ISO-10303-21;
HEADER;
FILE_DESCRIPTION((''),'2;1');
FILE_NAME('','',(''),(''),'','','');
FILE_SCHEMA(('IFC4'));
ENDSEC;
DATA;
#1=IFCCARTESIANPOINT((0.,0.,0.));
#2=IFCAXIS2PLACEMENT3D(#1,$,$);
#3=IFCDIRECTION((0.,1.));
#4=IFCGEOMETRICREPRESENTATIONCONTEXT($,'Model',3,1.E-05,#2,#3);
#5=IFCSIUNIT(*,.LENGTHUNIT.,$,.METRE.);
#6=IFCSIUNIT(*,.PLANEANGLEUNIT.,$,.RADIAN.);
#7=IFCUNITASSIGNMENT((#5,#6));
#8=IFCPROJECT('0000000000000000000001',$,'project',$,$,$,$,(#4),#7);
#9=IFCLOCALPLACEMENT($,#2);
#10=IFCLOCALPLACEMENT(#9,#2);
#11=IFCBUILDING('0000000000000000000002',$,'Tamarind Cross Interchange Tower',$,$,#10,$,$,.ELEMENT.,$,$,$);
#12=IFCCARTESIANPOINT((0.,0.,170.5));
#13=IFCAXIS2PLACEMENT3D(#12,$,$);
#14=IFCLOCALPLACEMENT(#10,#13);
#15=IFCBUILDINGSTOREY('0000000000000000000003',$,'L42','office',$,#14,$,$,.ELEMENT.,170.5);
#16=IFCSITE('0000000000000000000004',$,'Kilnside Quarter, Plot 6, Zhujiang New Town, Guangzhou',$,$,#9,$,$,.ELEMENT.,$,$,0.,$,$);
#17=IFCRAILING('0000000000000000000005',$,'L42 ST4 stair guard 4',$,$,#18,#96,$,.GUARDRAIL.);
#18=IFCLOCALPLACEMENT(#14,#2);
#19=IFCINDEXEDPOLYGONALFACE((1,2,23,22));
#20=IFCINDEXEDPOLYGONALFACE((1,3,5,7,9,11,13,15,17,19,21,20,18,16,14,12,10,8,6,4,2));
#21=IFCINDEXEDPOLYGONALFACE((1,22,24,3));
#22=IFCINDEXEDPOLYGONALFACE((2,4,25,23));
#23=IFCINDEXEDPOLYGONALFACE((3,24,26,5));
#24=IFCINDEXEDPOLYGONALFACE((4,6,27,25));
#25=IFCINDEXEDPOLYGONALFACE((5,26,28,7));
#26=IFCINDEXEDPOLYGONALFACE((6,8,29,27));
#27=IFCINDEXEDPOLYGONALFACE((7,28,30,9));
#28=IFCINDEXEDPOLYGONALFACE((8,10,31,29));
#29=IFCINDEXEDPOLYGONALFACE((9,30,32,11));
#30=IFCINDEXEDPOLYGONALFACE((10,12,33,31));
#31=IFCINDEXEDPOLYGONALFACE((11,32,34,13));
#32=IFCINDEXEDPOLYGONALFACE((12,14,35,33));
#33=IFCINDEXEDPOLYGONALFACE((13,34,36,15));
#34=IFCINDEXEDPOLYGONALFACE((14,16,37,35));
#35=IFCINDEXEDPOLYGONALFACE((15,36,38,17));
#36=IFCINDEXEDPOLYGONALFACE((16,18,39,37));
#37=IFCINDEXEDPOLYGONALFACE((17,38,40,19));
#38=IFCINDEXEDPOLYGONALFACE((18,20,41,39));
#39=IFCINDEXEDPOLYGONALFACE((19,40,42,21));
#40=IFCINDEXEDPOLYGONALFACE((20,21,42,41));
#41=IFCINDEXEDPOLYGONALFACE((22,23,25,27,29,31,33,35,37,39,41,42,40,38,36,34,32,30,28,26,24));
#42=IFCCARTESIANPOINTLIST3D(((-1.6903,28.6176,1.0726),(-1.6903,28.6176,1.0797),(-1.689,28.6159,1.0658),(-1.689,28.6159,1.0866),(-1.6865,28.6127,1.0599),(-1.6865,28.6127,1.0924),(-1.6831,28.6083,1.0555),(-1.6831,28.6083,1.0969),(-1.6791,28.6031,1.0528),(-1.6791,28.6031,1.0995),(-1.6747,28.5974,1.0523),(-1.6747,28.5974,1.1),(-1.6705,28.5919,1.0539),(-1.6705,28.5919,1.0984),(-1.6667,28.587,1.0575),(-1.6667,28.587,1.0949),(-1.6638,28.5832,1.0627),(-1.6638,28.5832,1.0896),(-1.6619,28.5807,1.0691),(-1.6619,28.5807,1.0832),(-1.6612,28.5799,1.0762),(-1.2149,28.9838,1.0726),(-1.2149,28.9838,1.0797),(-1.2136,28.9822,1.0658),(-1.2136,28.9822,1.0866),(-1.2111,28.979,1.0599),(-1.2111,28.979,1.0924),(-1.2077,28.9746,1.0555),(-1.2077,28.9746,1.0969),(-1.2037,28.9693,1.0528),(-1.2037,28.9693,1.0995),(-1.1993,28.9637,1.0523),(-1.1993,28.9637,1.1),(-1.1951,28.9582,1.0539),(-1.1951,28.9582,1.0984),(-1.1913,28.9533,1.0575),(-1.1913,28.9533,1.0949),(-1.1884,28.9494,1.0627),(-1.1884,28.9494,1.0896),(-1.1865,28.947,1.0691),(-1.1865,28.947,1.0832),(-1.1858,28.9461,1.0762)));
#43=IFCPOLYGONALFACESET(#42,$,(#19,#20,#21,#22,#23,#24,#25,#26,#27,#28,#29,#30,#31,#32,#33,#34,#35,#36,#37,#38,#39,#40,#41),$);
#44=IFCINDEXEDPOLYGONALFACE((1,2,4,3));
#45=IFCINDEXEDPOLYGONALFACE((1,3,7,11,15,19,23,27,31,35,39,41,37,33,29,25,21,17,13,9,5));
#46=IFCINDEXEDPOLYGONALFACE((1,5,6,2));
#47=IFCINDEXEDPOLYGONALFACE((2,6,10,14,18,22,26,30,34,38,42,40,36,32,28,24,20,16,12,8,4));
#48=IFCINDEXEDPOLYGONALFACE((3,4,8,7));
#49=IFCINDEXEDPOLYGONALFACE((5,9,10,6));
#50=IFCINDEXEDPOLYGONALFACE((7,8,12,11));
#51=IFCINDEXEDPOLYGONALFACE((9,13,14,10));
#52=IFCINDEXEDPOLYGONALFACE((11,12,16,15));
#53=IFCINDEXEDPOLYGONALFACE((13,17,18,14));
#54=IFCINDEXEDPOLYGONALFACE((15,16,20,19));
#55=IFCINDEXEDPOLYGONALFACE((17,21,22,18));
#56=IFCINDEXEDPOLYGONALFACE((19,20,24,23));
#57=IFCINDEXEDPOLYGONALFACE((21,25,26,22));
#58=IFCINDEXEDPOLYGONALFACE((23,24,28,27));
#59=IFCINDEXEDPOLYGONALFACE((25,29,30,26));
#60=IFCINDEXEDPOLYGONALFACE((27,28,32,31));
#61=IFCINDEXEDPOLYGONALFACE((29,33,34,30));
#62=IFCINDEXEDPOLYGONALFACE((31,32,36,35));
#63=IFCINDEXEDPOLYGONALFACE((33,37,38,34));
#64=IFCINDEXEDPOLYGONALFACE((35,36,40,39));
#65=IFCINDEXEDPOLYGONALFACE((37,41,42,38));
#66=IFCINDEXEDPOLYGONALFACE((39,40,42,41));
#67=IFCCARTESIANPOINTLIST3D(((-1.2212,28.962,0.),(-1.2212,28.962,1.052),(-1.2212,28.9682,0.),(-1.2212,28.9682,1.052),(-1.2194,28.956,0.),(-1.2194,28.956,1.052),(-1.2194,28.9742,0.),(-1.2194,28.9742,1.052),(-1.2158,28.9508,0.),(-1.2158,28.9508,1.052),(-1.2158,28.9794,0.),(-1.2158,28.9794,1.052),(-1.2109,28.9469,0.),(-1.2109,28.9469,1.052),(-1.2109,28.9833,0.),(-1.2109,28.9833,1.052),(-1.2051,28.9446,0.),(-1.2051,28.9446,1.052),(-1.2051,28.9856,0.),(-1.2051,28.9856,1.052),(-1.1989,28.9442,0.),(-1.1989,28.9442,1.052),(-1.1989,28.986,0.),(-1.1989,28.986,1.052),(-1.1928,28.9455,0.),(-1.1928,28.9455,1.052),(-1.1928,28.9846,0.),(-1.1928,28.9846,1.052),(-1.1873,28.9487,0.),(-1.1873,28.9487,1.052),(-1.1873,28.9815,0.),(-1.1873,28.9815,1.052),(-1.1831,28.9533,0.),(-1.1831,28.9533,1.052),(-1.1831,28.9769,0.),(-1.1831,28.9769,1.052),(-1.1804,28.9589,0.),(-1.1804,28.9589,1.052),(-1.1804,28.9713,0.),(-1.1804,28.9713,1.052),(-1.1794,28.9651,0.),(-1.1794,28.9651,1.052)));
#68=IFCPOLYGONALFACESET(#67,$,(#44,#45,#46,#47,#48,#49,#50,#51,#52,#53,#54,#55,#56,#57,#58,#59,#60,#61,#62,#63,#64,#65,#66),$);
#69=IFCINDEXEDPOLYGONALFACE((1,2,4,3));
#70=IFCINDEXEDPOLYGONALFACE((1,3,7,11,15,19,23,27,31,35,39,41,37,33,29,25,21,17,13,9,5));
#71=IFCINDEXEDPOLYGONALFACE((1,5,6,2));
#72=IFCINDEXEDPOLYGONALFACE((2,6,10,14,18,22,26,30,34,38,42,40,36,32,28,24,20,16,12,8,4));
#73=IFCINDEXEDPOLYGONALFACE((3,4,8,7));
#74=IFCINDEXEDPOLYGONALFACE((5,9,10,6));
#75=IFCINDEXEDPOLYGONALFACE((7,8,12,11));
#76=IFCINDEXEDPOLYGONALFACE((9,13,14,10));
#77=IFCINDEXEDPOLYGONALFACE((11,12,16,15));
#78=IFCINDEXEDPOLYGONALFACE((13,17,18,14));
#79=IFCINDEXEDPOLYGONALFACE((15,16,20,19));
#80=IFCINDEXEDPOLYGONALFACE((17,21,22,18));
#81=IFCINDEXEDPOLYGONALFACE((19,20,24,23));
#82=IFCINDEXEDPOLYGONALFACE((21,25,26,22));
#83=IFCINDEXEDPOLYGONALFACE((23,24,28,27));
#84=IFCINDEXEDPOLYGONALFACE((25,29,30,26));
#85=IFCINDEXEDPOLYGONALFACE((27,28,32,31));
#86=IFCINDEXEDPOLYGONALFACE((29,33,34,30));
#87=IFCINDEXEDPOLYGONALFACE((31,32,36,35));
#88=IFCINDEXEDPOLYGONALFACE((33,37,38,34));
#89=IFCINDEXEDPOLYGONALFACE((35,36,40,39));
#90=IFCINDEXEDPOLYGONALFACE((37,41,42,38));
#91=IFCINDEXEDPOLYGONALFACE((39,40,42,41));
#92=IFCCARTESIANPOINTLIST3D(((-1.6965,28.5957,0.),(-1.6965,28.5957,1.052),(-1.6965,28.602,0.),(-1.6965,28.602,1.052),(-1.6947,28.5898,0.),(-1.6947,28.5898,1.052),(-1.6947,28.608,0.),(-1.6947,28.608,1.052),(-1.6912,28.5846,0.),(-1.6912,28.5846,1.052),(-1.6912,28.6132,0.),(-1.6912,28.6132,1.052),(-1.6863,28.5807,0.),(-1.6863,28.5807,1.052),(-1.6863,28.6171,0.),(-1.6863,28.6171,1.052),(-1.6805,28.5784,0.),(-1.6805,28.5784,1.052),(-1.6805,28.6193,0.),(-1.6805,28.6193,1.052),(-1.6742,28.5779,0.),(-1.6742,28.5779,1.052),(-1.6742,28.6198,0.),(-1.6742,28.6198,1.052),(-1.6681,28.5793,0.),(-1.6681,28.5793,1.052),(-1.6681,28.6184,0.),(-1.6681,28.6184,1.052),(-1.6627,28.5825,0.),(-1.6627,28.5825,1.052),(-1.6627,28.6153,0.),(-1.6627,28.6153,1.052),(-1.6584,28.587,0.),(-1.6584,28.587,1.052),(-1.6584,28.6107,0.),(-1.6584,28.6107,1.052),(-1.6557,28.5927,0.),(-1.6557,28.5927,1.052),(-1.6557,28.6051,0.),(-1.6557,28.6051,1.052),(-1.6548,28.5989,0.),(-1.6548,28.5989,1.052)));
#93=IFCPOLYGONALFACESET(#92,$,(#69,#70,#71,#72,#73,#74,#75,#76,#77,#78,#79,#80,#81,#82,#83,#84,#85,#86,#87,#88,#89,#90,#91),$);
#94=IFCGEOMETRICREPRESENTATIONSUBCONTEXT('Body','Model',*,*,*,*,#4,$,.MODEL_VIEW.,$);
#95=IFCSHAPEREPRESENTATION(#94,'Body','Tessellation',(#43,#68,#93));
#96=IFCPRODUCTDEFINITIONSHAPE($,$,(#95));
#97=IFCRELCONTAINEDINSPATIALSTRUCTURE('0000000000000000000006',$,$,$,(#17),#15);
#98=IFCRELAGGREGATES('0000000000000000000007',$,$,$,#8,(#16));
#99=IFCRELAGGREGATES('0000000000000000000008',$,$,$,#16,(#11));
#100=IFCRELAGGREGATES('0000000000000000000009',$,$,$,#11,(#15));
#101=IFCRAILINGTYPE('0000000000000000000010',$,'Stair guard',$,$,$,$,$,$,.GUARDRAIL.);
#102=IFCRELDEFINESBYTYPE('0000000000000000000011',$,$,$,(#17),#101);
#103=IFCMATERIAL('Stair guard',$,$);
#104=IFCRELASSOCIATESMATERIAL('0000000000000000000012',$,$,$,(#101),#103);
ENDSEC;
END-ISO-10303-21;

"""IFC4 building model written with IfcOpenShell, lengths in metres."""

from ifc_helpers import new_model, si_unit, direction, frame, origin, origin_2d, place, context, subcontext, project, spatial, circle, extrude, material, type_object, element, save


model = new_model("IFC4")

# Units and contexts
model_context = context("Model", 3, precision=1e-05, world=origin(), true_north=direction((0.0, 1.0)))
body_context = subcontext(model_context, "Body", "Model", "MODEL_VIEW")
ifc_project = project(units=[si_unit("LENGTHUNIT", "METRE"), si_unit("PLANEANGLEUNIT", "RADIAN")], contexts=[model_context])

# Site, building, storey
site_placement = place(None, origin())
site = spatial("IfcSite", under=ifc_project, at=site_placement, Name="Kilnside Quarter, Plot 6, Zhujiang New Town, Guangzhou", CompositionType="ELEMENT", RefElevation=0.0)
building_placement = place(site_placement, origin())
building = spatial("IfcBuilding", under=site, at=building_placement, Name="Tamarind Cross Interchange Tower", CompositionType="ELEMENT")
storey_placement = place(building_placement, frame((0.0, 0.0, 170.5)))
storey = spatial("IfcBuildingStorey", under=building, at=storey_placement, Name="L42", Description="office", CompositionType="ELEMENT", Elevation=170.5)

# Railing
ifc_material_1 = material(Name="Stair guard")
railing_type_1 = type_object("IfcRailingType", Name="Stair guard", PredefinedType="GUARDRAIL", material=ifc_material_1)
railing_1_placement = place(storey_placement, frame((-1.2004, 28.9651, 0.0)))
element("IfcRailing", 1, at=railing_1_placement, inside=storey, type_object=railing_type_1, Name="L42 ST4 stair guard 4", PredefinedType="GUARDRAIL", context=body_context, shape_type="SweptSolid", body=[
    extrude(circle(Radius=0.0239, at=origin_2d()), frame((0.0, 0.0, 1.0762), z_axis=(-0.79217, -0.6103, 0.0), x_axis=(0.6103, -0.79217, 0.0)), (0.0, 0.0, 1.0), 0.6001),
    extrude(circle(Radius=0.021, at=origin_2d()), origin(), (0.0, 0.0, 1.0), 1.052),
    extrude(circle(Radius=0.021, at=origin_2d()), frame((-0.4753, -0.3662, 0.0)), (0.0, 0.0, 1.0), 1.052),
])

save(model, "model.ifc")
